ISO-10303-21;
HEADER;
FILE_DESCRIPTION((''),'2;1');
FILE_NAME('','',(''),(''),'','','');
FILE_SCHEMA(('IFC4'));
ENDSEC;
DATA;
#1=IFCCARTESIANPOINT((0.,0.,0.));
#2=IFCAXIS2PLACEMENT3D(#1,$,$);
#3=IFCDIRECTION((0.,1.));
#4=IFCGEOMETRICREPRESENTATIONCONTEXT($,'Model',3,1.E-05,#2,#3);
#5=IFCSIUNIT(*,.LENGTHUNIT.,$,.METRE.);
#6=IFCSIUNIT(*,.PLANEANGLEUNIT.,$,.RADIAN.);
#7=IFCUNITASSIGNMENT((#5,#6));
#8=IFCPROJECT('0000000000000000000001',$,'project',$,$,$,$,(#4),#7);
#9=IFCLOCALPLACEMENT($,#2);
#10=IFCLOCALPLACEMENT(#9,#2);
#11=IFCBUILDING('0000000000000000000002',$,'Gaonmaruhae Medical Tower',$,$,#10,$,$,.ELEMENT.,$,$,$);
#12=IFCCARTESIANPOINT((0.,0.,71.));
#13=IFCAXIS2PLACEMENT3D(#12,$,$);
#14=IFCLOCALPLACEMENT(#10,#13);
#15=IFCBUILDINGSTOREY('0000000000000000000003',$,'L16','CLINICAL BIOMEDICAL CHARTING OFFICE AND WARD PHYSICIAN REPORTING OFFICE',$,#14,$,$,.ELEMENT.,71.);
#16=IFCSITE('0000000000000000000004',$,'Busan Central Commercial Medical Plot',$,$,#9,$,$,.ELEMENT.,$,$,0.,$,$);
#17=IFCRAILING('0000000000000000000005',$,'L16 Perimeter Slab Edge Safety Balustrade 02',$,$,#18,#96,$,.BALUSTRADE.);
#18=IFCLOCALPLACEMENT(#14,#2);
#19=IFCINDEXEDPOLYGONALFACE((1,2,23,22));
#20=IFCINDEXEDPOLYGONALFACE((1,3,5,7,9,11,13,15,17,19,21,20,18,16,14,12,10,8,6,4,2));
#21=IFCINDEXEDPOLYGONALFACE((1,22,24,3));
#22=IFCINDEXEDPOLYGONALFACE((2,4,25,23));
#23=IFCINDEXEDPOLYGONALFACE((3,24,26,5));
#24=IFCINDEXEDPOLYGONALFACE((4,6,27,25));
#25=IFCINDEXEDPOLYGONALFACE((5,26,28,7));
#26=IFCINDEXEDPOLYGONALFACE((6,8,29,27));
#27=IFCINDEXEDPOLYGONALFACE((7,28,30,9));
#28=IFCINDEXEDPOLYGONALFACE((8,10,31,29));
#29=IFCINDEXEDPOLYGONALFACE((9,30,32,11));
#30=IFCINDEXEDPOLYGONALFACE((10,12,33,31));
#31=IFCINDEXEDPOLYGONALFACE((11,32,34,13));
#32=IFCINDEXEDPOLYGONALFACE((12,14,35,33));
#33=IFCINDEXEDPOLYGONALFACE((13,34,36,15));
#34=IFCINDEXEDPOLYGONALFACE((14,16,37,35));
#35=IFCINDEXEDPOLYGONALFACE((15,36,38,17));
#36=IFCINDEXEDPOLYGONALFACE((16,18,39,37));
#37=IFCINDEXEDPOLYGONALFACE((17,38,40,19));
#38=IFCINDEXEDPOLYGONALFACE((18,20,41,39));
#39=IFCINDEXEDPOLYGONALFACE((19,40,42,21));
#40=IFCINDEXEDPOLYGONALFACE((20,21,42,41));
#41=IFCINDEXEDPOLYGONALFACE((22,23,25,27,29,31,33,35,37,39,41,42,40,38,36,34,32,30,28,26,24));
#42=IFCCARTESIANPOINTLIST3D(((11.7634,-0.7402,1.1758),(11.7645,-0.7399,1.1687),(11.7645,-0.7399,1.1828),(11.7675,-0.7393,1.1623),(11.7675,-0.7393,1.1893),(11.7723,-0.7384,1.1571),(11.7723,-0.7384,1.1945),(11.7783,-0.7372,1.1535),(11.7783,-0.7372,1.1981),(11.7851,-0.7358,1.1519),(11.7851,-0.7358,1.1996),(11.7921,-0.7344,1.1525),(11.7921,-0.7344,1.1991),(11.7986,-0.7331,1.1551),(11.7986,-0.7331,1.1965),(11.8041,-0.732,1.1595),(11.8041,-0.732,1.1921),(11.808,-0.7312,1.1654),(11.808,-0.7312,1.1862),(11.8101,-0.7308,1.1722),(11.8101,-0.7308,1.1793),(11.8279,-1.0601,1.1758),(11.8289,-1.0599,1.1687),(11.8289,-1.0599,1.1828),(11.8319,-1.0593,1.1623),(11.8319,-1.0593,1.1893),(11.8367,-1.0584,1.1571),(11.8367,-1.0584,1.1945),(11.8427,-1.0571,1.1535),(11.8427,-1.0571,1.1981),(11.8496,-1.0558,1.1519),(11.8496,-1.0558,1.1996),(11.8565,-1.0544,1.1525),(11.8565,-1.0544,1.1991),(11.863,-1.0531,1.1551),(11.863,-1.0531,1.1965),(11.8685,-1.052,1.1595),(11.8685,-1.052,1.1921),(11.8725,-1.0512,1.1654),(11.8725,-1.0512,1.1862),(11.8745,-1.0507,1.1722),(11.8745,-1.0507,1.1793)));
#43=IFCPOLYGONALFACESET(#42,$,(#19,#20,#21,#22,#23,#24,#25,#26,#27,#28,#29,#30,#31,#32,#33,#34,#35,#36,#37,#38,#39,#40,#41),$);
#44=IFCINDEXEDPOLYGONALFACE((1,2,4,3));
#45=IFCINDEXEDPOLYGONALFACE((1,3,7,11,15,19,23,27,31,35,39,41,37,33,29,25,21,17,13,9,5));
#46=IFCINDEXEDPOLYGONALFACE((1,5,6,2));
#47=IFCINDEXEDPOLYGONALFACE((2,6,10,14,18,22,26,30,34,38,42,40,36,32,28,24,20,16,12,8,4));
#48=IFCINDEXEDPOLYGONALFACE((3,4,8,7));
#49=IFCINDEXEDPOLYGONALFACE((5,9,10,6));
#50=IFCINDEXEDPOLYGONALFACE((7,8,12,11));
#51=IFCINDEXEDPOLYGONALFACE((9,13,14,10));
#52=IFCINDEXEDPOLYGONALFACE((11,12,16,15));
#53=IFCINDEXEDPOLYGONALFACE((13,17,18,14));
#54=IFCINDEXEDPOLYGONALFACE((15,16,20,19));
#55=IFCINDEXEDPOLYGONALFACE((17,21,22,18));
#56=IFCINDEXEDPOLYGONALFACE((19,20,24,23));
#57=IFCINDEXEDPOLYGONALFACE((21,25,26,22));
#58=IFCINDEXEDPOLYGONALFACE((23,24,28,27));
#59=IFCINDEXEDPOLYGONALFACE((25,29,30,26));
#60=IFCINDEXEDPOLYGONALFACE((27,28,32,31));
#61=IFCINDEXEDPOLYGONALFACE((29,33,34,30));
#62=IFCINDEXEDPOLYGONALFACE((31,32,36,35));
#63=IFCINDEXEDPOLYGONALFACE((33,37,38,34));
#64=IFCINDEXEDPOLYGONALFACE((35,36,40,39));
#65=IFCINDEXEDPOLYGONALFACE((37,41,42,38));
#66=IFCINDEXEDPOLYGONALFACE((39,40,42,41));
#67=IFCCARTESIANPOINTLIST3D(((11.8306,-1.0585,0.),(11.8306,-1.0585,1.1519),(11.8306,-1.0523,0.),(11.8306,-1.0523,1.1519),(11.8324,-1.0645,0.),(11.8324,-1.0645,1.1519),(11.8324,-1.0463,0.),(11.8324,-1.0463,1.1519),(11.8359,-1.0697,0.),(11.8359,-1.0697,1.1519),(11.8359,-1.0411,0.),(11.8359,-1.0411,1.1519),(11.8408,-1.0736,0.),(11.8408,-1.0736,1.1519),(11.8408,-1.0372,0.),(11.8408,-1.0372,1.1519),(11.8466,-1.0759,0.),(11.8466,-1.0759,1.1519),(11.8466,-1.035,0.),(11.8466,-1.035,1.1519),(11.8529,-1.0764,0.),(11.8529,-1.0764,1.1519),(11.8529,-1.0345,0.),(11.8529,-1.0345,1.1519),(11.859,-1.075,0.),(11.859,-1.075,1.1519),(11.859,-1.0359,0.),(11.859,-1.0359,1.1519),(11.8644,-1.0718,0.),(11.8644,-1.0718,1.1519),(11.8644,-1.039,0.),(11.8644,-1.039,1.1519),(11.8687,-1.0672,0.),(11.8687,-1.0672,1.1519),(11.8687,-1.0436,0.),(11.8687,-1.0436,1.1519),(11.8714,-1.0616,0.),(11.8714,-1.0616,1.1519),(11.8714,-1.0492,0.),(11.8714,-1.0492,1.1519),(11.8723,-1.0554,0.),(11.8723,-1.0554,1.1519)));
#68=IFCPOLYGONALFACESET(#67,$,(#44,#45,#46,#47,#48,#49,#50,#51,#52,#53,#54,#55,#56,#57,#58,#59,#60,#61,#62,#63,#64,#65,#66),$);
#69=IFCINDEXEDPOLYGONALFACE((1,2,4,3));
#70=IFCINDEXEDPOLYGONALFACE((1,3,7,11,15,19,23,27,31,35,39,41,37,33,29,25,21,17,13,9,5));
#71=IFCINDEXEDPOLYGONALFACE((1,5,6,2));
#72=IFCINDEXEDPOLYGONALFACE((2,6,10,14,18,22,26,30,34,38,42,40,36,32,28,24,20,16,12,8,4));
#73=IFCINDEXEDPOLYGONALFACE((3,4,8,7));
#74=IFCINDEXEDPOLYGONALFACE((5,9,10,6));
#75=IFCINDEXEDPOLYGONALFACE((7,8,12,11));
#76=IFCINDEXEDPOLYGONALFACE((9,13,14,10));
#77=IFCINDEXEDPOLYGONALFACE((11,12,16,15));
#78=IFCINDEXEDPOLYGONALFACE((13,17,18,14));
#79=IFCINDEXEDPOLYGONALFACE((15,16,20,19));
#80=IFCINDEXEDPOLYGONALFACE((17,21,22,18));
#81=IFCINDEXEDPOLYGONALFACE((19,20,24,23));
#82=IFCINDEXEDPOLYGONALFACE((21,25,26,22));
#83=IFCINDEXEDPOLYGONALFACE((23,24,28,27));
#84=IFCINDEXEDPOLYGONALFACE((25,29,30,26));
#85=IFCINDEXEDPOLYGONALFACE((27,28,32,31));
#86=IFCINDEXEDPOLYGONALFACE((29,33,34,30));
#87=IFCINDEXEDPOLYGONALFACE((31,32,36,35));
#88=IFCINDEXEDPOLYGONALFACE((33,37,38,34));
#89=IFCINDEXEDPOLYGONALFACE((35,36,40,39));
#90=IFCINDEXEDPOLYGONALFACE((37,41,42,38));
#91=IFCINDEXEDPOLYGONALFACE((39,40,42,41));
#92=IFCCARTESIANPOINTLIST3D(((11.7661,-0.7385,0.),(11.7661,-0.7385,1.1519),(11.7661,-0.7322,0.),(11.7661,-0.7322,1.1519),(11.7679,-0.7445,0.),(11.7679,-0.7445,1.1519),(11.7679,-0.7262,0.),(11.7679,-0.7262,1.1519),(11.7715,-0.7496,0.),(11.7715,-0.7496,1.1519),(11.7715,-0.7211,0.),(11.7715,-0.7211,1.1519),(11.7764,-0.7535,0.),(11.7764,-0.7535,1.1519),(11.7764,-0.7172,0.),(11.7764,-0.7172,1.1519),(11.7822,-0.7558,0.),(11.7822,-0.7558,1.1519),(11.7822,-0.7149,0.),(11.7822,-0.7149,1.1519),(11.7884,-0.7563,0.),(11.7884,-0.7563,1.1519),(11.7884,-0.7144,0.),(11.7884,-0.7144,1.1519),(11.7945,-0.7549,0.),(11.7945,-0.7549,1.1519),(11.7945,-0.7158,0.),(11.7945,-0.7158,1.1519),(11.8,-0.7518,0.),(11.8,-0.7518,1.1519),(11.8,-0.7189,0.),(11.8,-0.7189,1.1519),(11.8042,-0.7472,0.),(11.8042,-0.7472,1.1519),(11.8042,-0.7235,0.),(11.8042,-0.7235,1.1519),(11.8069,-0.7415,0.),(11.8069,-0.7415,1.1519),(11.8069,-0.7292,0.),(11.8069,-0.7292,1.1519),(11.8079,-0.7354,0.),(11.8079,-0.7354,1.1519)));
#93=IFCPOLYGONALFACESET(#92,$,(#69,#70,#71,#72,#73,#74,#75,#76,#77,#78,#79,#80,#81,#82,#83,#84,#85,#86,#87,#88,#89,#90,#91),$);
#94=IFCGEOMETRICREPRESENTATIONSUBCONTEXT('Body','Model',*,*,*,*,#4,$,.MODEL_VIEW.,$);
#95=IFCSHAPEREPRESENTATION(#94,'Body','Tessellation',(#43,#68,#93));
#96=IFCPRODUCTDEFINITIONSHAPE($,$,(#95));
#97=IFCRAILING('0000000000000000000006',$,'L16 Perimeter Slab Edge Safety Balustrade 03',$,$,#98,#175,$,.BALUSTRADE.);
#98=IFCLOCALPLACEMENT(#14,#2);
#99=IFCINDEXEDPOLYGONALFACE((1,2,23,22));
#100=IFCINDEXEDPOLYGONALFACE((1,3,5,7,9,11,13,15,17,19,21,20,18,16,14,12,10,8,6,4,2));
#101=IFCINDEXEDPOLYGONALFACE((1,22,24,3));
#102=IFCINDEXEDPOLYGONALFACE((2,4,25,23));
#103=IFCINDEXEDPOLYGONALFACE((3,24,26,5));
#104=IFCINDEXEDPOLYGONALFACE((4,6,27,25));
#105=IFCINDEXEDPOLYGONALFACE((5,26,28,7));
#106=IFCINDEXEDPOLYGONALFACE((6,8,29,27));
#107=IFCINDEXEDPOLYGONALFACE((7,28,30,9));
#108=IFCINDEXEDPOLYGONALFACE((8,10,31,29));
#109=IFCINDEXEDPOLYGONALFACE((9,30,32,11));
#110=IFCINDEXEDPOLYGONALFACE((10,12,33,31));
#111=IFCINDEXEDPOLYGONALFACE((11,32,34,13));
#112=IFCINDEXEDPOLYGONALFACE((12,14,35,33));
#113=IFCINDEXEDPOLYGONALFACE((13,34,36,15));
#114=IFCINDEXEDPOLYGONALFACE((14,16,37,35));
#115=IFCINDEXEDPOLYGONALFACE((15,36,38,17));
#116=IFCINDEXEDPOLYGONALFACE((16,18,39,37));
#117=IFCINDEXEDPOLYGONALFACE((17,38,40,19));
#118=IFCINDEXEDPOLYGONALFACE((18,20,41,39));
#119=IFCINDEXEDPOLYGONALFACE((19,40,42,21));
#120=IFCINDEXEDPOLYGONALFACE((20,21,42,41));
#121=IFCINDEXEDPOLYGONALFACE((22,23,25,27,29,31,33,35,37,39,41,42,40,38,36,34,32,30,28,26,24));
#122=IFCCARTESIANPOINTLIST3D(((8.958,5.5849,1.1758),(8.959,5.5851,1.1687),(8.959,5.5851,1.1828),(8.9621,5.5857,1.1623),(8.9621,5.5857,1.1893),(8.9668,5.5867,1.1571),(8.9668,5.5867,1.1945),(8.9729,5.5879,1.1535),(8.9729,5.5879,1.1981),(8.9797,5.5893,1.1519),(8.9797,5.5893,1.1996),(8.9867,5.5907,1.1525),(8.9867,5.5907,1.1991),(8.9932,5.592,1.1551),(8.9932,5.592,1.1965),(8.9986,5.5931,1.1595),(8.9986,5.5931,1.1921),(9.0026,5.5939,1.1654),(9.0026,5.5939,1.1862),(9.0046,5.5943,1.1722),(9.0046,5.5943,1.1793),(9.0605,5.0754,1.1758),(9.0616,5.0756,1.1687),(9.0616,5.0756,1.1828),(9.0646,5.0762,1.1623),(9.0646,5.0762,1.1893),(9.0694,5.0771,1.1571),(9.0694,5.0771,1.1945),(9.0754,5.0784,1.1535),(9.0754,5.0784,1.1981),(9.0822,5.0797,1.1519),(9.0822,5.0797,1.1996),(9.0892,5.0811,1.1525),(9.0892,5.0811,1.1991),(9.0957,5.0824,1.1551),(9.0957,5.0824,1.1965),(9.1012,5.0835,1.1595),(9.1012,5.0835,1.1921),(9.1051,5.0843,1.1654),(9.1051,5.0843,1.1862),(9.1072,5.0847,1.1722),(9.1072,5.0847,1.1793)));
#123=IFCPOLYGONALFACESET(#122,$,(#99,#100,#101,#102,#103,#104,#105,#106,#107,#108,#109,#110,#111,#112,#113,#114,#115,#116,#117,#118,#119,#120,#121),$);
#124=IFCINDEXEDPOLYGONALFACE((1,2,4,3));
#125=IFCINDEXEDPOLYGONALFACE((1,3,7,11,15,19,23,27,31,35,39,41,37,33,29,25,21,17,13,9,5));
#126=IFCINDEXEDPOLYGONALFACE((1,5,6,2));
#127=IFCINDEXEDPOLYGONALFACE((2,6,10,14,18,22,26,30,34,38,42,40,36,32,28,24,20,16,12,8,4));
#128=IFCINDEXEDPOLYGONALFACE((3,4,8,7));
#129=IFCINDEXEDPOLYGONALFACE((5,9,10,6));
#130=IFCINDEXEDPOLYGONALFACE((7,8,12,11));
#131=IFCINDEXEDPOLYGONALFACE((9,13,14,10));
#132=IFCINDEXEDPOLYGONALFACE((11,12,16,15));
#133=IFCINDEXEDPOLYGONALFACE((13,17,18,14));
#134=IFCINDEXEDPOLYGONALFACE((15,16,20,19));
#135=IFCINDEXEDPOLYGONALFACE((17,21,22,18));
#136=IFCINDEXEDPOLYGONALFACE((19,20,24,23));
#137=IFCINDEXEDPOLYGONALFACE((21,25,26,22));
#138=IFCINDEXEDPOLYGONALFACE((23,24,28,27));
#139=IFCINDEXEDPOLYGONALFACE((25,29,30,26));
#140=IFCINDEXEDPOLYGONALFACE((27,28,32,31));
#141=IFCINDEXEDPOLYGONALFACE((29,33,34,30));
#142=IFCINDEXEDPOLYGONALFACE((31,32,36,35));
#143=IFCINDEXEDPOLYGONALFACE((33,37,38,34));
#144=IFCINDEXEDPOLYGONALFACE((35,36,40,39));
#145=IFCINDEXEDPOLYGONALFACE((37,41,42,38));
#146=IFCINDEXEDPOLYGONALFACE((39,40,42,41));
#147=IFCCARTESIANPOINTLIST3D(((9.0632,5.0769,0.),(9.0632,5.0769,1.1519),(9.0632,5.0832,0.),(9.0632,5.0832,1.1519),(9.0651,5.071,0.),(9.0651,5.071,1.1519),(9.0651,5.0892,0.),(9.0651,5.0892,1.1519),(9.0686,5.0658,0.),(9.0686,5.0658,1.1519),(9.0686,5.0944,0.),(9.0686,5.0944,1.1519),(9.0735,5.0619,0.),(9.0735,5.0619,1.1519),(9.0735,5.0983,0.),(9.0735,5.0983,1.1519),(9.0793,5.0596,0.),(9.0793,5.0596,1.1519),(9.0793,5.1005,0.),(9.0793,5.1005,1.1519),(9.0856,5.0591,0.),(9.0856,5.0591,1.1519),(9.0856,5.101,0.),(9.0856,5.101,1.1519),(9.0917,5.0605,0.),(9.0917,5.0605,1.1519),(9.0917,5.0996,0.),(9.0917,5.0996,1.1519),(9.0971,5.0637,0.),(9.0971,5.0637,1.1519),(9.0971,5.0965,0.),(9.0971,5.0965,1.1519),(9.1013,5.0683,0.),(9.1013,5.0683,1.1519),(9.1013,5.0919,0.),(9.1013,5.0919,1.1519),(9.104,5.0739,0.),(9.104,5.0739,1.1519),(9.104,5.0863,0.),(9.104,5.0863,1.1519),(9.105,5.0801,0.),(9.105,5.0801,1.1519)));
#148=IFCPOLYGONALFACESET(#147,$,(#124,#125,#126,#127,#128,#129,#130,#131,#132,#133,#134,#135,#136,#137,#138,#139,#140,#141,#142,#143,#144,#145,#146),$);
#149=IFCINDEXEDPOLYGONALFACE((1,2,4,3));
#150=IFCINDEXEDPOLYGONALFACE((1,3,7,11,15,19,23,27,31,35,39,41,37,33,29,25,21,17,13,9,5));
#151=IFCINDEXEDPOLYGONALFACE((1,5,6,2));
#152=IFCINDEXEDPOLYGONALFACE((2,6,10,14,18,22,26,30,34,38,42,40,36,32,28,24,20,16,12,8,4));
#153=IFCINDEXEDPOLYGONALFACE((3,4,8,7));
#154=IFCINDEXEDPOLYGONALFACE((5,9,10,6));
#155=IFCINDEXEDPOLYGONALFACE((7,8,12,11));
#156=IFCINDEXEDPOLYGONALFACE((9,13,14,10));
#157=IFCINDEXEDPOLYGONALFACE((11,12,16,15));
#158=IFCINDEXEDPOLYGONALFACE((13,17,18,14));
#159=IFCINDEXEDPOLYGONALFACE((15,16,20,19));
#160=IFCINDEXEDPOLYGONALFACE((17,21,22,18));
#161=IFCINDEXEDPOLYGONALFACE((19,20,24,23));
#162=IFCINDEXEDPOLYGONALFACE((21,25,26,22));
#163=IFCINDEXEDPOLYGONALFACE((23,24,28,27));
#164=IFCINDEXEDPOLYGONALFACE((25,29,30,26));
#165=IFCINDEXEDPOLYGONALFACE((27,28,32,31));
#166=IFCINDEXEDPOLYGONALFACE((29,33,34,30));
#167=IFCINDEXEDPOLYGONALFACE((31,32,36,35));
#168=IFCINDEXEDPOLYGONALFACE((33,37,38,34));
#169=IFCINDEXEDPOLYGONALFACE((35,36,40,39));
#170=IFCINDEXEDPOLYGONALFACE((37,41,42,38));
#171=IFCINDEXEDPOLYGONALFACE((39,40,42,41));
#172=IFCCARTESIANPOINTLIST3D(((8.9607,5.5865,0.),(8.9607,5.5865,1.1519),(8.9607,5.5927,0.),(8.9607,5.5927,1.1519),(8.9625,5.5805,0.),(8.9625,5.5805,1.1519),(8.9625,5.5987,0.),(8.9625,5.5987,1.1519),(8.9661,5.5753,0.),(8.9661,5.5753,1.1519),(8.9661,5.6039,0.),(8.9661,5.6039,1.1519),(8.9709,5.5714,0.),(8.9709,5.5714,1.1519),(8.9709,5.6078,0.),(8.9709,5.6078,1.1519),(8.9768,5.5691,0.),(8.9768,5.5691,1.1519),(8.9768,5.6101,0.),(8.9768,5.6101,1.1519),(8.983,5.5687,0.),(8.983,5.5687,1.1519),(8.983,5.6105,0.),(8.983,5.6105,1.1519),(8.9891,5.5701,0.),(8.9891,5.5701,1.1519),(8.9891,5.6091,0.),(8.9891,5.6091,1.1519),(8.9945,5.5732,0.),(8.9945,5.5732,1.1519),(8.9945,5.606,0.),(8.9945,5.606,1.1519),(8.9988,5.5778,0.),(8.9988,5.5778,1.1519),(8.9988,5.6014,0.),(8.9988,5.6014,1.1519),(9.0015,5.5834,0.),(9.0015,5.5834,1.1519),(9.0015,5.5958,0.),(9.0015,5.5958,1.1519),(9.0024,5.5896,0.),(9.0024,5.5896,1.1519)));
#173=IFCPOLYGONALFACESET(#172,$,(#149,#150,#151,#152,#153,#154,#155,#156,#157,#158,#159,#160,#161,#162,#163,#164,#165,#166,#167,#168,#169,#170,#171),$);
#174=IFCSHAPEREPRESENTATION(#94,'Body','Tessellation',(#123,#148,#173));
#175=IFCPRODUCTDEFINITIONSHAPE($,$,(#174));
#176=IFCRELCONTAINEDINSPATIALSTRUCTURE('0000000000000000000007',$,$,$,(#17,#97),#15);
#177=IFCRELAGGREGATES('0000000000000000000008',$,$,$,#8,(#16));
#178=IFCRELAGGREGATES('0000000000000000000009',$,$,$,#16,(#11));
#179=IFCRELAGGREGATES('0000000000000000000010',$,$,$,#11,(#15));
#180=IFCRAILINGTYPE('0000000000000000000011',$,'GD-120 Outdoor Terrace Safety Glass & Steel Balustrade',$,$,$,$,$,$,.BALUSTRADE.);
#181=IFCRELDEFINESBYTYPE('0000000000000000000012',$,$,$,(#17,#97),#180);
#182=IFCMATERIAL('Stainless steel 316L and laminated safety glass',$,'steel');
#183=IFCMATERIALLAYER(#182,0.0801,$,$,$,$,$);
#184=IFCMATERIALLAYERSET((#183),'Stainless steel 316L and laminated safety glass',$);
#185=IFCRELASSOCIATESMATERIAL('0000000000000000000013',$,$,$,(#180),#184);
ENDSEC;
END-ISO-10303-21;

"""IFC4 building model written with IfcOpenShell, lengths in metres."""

from ifc_helpers import new_model, si_unit, direction, frame, origin, origin_2d, place, context, subcontext, project, spatial, circle, extrude, material, layer, layer_set, type_object, element, save


model = new_model("IFC4")

# Units and contexts
model_context = context("Model", 3, precision=1e-05, world=origin(), true_north=direction((0.0, 1.0)))
body_context = subcontext(model_context, "Body", "Model", "MODEL_VIEW")
ifc_project = project(units=[si_unit("LENGTHUNIT", "METRE"), si_unit("PLANEANGLEUNIT", "RADIAN")], contexts=[model_context])

# Site, building, storey
site_placement = place(None, origin())
site = spatial("IfcSite", under=ifc_project, at=site_placement, Name="Busan Central Commercial Medical Plot", CompositionType="ELEMENT", RefElevation=0.0)
building_placement = place(site_placement, origin())
building = spatial("IfcBuilding", under=site, at=building_placement, Name="Gaonmaruhae Medical Tower", CompositionType="ELEMENT")
storey_placement = place(building_placement, frame((0.0, 0.0, 71.0)))
storey = spatial("IfcBuildingStorey", under=building, at=storey_placement, Name="L16", Description="CLINICAL BIOMEDICAL CHARTING OFFICE AND WARD PHYSICIAN REPORTING OFFICE", CompositionType="ELEMENT", Elevation=71.0)

# Railings
ifc_material_1 = material(Name="Stainless steel 316L and laminated safety glass", Category="steel")
ifc_layer_1 = layer(ifc_material_1, 0.0801)
ifc_layer_set_1 = layer_set([ifc_layer_1], Name="Stainless steel 316L and laminated safety glass")
railing_type = type_object("IfcRailingType", Name="GD-120 Outdoor Terrace Safety Glass & Steel Balustrade", PredefinedType="BALUSTRADE", material=ifc_layer_set_1)
railing_1_placement = place(storey_placement, frame((11.8513, -1.0554, 0.0)))
element("IfcRailing", 1, at=railing_1_placement, inside=storey, type_object=railing_type, Name="L16 Perimeter Slab Edge Safety Balustrade 02", PredefinedType="BALUSTRADE", context=body_context, shape_type="SweptSolid", body=[
    extrude(circle(Radius=0.0239, at=origin_2d()), frame((0.0, 0.0, 1.1758), z_axis=(-0.19741, 0.980321, 0.0), x_axis=(-0.980321, -0.19741, 0.0)), (0.0, 0.0, 1.0), 0.3264),
    extrude(circle(Radius=0.021, at=origin_2d()), origin(), (0.0, 0.0, 1.0), 1.1519),
    extrude(circle(Radius=0.021, at=origin_2d()), frame((-0.0645, 0.3201, 0.0)), (0.0, 0.0, 1.0), 1.1519),
])
railing_2_placement = place(storey_placement, frame((9.084, 5.0801, 0.0)))
element("IfcRailing", 2, at=railing_2_placement, inside=storey, type_object=railing_type, Name="L16 Perimeter Slab Edge Safety Balustrade 03", PredefinedType="BALUSTRADE", context=body_context, shape_type="SweptSolid", body=[
    extrude(circle(Radius=0.0239, at=origin_2d()), frame((0.0, 0.0, 1.1758), z_axis=(-0.19729, 0.980345, 0.0), x_axis=(-0.980345, -0.19729, 0.0)), (0.0, 0.0, 1.0), 0.5198),
    extrude(circle(Radius=0.021, at=origin_2d()), origin(), (0.0, 0.0, 1.0), 1.1519),
    extrude(circle(Radius=0.021, at=origin_2d()), frame((-0.1025, 0.5095, 0.0)), (0.0, 0.0, 1.0), 1.1519),
])

save(model, "model.ifc")
